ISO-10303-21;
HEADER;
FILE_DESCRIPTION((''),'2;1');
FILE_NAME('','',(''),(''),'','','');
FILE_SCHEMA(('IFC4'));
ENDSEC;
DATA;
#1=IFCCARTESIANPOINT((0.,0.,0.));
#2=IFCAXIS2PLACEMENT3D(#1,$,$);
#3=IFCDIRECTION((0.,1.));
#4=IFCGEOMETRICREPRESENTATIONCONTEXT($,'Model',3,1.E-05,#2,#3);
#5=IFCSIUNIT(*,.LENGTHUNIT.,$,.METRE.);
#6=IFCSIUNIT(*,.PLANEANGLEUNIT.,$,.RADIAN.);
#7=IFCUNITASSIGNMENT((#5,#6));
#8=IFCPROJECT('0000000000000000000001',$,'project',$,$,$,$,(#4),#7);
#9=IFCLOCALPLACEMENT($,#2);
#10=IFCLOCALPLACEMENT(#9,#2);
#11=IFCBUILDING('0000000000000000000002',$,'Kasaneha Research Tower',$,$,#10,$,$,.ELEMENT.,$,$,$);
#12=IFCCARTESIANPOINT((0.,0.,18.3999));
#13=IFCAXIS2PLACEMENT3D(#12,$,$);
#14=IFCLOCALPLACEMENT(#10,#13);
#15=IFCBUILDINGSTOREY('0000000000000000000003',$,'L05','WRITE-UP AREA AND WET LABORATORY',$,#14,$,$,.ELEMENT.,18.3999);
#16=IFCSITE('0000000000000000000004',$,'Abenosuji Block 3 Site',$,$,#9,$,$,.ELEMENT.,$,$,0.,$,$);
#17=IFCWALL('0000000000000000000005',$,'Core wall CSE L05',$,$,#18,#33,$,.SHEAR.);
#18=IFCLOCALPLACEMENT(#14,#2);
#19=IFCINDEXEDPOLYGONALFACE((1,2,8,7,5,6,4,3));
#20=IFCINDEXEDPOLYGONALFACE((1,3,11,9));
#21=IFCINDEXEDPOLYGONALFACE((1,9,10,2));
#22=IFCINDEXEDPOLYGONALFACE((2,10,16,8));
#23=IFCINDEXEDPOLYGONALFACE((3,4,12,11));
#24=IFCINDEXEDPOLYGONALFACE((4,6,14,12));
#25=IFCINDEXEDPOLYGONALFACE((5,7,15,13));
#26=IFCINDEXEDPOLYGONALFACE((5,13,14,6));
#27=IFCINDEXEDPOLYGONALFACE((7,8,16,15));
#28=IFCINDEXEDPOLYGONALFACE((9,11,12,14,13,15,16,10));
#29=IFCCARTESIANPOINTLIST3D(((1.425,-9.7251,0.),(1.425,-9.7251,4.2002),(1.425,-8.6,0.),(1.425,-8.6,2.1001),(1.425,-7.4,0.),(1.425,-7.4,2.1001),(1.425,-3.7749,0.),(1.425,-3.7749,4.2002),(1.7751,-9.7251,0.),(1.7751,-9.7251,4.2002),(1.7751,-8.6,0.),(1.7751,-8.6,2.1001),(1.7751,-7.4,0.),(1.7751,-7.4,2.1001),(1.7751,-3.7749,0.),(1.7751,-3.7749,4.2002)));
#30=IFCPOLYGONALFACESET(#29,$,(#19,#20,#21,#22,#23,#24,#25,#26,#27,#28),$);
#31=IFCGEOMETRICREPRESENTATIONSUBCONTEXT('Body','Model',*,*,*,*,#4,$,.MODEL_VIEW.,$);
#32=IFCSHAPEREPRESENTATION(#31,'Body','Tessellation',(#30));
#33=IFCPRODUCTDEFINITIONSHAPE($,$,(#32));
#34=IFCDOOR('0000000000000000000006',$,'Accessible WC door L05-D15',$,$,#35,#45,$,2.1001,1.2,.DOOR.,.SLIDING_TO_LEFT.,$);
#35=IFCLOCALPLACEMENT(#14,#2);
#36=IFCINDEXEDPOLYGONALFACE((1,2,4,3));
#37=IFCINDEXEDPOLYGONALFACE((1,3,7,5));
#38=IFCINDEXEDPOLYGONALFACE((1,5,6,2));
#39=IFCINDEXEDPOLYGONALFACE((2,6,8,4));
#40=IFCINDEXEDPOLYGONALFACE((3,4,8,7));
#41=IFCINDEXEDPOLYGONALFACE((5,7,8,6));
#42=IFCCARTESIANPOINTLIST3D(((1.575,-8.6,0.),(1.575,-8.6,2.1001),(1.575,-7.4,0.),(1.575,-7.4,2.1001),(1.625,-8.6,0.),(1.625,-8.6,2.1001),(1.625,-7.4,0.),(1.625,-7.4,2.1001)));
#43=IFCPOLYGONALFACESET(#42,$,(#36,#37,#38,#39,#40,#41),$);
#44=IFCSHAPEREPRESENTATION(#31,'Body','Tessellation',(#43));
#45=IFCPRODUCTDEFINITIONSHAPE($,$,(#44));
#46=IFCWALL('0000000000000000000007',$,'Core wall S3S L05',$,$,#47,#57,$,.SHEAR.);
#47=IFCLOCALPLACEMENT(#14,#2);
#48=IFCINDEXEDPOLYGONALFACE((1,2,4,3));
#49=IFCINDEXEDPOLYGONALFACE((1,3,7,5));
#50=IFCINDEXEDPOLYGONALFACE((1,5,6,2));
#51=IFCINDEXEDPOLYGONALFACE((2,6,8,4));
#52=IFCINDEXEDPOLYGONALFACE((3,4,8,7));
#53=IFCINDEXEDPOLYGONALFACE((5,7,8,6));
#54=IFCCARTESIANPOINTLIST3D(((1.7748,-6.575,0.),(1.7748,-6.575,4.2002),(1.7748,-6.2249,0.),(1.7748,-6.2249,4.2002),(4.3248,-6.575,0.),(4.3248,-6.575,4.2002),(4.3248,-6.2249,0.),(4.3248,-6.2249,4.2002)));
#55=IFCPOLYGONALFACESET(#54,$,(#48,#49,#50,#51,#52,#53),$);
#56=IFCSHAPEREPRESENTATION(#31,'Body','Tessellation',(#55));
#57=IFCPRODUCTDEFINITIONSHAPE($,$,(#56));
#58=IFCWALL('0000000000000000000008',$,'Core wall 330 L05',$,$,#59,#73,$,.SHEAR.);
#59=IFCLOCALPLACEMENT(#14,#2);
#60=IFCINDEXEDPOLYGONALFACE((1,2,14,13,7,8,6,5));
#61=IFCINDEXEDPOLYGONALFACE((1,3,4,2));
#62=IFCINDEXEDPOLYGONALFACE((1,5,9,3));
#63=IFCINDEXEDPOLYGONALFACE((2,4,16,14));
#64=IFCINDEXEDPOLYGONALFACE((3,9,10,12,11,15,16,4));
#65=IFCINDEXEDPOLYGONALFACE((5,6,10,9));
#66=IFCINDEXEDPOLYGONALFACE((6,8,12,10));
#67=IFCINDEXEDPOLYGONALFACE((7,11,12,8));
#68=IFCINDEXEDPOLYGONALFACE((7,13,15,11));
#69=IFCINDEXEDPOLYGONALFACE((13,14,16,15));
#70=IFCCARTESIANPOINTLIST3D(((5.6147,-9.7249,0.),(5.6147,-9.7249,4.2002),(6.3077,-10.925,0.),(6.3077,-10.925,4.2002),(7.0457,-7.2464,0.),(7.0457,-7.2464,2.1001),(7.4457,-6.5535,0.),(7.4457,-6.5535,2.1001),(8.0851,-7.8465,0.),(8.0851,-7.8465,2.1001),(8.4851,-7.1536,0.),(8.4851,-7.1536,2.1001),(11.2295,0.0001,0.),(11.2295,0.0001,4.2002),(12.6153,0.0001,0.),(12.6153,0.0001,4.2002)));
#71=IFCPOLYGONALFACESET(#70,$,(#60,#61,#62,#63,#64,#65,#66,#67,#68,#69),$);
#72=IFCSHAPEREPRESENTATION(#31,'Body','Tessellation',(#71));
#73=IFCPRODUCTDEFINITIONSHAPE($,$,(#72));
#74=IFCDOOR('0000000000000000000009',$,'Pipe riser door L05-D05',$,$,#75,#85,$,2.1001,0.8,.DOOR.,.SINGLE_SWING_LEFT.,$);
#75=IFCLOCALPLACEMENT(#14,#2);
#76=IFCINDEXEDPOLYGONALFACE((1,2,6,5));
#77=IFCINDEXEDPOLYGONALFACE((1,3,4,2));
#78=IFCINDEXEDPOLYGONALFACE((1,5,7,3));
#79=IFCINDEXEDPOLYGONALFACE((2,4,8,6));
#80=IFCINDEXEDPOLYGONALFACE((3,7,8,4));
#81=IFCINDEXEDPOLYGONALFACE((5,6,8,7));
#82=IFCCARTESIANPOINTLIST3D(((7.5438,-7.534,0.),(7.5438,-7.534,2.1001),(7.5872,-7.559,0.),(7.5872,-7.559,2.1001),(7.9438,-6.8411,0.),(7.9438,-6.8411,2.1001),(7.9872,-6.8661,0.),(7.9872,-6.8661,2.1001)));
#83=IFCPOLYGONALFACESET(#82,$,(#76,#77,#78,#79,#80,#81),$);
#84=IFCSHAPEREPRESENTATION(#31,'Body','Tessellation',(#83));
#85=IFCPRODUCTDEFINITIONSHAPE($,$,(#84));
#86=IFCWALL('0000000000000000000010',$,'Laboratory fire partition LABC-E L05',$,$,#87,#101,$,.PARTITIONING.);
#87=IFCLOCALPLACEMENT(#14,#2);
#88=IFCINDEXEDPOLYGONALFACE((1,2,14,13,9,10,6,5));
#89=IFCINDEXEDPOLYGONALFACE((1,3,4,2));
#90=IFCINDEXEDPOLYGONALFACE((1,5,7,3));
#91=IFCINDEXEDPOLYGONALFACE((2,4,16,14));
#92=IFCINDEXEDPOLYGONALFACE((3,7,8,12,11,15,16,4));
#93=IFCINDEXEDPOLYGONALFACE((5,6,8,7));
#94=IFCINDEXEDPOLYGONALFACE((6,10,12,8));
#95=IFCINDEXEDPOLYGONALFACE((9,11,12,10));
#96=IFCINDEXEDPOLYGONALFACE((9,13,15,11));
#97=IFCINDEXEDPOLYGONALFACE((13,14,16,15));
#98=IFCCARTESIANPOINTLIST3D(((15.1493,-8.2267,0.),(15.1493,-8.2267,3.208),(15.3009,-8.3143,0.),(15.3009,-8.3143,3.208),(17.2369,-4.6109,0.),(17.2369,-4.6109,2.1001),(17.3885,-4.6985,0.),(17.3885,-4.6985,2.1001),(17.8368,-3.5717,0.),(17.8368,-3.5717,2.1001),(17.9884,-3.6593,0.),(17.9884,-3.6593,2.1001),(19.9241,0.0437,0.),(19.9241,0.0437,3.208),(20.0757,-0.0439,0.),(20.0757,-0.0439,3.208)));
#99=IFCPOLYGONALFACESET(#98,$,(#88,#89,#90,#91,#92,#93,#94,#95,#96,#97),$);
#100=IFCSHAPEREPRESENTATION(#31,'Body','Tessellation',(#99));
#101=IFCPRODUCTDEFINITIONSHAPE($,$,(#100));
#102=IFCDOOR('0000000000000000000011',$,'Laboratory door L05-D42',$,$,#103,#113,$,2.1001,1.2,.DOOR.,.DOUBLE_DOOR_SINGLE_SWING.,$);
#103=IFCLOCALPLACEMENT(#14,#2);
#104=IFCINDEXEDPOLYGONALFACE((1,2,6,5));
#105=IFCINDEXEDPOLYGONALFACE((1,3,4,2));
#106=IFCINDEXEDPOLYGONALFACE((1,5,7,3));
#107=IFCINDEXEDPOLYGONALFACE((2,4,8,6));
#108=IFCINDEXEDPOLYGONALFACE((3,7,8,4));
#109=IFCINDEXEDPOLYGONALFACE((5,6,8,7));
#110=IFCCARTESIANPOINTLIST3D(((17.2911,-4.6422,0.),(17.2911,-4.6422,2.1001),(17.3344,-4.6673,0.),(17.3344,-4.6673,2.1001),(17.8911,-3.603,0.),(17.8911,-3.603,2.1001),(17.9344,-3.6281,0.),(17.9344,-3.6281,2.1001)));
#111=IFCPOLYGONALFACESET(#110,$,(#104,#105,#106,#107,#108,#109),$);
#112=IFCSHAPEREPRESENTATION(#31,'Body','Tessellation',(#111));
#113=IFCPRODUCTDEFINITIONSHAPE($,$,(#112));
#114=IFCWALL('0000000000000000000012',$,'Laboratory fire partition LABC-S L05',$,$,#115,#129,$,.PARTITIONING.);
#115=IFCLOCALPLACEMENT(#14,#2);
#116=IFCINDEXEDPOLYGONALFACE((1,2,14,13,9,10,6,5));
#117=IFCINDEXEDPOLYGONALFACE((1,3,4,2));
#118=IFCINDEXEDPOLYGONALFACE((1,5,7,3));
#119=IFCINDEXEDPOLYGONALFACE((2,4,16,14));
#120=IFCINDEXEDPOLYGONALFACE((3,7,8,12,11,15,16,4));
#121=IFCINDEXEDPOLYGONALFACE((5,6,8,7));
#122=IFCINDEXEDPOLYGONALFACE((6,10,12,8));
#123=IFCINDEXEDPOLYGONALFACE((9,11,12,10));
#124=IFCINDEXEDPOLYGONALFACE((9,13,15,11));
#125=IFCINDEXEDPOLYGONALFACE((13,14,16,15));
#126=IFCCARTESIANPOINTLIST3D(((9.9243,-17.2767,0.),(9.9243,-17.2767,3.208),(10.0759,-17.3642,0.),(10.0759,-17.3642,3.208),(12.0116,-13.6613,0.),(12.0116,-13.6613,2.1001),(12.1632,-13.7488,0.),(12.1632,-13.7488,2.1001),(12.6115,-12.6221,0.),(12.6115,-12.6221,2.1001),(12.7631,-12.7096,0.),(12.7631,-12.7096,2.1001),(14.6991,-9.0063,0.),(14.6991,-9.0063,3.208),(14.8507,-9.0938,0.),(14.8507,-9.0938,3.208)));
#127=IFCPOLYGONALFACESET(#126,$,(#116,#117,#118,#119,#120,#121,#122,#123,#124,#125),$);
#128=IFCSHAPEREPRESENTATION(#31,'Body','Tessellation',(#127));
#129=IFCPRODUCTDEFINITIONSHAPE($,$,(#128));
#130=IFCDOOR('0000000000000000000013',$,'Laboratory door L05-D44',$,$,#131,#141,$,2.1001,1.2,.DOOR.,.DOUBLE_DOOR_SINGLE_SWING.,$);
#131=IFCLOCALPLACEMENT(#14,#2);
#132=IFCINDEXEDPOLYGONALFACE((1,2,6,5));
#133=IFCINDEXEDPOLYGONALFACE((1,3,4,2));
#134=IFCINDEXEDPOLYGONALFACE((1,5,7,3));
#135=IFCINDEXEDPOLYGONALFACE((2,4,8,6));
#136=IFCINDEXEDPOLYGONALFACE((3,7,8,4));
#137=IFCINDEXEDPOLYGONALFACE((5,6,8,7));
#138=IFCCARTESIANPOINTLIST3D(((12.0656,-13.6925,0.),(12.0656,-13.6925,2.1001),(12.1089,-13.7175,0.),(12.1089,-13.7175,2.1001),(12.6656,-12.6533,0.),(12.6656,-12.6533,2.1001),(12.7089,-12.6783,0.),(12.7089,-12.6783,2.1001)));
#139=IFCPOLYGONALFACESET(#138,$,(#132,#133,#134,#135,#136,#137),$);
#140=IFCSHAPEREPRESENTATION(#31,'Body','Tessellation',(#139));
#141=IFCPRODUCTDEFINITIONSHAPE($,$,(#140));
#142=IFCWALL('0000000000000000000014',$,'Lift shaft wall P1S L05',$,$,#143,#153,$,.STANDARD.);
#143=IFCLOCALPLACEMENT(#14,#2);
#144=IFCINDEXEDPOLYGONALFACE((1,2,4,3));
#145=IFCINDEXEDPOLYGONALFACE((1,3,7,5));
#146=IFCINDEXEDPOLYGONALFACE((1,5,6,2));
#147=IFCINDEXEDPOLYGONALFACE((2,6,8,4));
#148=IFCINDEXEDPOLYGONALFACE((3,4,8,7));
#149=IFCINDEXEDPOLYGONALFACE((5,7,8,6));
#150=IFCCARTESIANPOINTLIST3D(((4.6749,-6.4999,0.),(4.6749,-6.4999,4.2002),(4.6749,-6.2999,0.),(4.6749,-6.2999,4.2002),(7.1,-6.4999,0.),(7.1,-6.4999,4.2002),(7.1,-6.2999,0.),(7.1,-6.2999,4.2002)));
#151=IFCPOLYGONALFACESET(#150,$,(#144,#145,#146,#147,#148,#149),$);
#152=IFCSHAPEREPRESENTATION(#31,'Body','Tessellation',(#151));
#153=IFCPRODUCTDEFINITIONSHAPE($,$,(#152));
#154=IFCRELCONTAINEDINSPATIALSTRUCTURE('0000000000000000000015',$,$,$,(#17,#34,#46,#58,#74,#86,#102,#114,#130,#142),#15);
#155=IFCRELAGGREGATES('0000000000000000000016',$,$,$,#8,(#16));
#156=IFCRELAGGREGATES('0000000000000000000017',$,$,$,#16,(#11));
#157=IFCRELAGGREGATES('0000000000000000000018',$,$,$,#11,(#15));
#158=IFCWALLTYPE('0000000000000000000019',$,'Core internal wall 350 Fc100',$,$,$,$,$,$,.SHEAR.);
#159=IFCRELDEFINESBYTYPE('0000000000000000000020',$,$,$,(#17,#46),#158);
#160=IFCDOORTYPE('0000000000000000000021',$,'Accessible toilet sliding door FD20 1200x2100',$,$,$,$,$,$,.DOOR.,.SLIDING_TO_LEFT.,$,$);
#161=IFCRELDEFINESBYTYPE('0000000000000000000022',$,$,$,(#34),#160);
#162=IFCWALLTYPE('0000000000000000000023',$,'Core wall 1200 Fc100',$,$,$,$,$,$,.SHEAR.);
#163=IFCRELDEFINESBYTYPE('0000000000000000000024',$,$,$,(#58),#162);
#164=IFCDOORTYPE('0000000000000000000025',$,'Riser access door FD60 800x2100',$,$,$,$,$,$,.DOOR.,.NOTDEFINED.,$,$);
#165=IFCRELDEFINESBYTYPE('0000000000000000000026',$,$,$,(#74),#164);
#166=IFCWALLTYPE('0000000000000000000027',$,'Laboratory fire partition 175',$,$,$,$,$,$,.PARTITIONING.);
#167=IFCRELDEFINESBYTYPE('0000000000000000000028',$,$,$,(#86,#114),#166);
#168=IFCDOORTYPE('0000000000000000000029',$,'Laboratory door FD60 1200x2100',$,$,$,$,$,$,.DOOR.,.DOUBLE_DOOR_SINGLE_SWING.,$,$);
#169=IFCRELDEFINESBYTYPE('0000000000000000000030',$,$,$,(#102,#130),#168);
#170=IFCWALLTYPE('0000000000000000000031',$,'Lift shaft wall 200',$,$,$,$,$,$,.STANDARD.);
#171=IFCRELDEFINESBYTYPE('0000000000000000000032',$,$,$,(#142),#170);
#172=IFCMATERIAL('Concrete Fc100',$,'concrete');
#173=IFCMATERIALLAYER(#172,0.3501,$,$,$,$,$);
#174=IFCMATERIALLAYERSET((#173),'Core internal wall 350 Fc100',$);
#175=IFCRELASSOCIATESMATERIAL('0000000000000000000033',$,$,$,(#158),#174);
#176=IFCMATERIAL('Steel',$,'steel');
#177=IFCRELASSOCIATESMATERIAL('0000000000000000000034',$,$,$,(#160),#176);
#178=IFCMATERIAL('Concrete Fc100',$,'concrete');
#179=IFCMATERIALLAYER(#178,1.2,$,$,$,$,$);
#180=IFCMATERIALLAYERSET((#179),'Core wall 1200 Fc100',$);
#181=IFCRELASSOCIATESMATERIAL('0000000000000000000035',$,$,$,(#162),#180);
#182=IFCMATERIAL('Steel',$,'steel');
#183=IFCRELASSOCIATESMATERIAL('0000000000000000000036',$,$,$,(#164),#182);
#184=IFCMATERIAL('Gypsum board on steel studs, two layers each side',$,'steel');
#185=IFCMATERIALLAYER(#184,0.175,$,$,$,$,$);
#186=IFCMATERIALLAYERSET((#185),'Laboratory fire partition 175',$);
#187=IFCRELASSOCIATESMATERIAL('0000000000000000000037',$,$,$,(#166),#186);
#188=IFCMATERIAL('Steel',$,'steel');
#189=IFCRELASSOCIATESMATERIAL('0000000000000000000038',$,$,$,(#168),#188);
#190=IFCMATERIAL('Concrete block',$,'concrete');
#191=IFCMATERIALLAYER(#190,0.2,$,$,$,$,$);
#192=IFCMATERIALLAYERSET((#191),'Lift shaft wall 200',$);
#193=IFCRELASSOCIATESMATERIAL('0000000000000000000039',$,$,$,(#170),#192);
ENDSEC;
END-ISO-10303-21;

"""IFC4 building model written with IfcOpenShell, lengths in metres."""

from ifc_helpers import new_model, si_unit, direction, frame, frame_2d, origin, place, context, subcontext, project, spatial, polyline, rectangle, outline, extrude, material, layer, layer_set, type_object, element, fill, save


model = new_model("IFC4")

# Units and contexts
model_context = context("Model", 3, precision=1e-05, world=origin(), true_north=direction((0.0, 1.0)))
body_context = subcontext(model_context, "Body", "Model", "MODEL_VIEW")
ifc_project = project(units=[si_unit("LENGTHUNIT", "METRE"), si_unit("PLANEANGLEUNIT", "RADIAN")], contexts=[model_context])

# Site, building, storey
site_placement = place(None, origin())
site = spatial("IfcSite", under=ifc_project, at=site_placement, Name="Abenosuji Block 3 Site", CompositionType="ELEMENT", RefElevation=0.0)
building_placement = place(site_placement, origin())
building = spatial("IfcBuilding", under=site, at=building_placement, Name="Kasaneha Research Tower", CompositionType="ELEMENT")
storey_placement = place(building_placement, frame((0.0, 0.0, 18.3999)))
storey = spatial("IfcBuildingStorey", under=building, at=storey_placement, Name="L05", Description="WRITE-UP AREA AND WET LABORATORY", CompositionType="ELEMENT", Elevation=18.3999)

# Wall, opening, door
ifc_material_1 = material(Name="Concrete Fc100", Category="concrete")
ifc_layer_1 = layer(ifc_material_1, 0.3501)
ifc_layer_set_1 = layer_set([ifc_layer_1], Name="Core internal wall 350 Fc100")
wall_type_1 = type_object("IfcWallType", Name="Core internal wall 350 Fc100", PredefinedType="SHEAR", material=ifc_layer_set_1)
wall_1_placement = place(storey_placement, frame((1.6001, -3.7749, 0.0), z_axis=(0.0, 0.0, 1.0), x_axis=(0.0, -1.0, 0.0)))
wall_1 = element("IfcWall", 1, at=wall_1_placement, inside=storey, type_object=wall_type_1, Name="Core wall CSE L05", PredefinedType="SHEAR", context=body_context, shape_type="SweptSolid", body=[
    extrude(rectangle(XDim=5.9502, YDim=0.3501, at=frame_2d((2.9751, 0.0))), origin(), (0.0, 0.0, 1.0), 4.2002),
])
opening_1_placement = place(wall_1_placement, frame((3.625, 0.0, 0.0)))
opening_1 = element("IfcOpeningElement", 2, at=opening_1_placement, cuts=wall_1, PredefinedType="OPENING", context=body_context, shape_type="SweptSolid", body=[
    extrude(rectangle(XDim=1.2, YDim=2.1001, at=frame_2d((0.6001, 1.05))), frame((0.0, 0.1851, 0.0), z_axis=(0.0, -1.0, 0.0), x_axis=(1.0, 0.0, 0.0)), (0.0, 0.0, 1.0), 0.3701),
])
ifc_material_2 = material(Name="Steel", Category="steel")
door_type_1 = type_object("IfcDoorType", Name="Accessible toilet sliding door FD20 1200x2100", OperationType="SLIDING_TO_LEFT", PredefinedType="DOOR", material=ifc_material_2)
door_1_placement = place(opening_1_placement, origin())
door_1 = element("IfcDoor", 3, at=door_1_placement, inside=storey, type_object=door_type_1, Name="Accessible WC door L05-D15", OperationType="SLIDING_TO_LEFT", OverallHeight=2.1001, OverallWidth=1.2, PredefinedType="DOOR", context=body_context, shape_type="SweptSolid", body=[
    extrude(rectangle(XDim=1.2, YDim=2.1001, at=frame_2d((0.6001, 1.05))), frame((0.0, 0.0249, 0.0), z_axis=(0.0, -1.0, 0.0), x_axis=(1.0, 0.0, 0.0)), (0.0, 0.0, 1.0), 0.05),
])
fill(opening_1, door_1)

# Wall
wall_2_placement = place(storey_placement, frame((1.7749, -6.3999, 0.0), z_axis=(0.0, 0.0, 1.0), x_axis=(1.0, 0.0, 0.0)))
element("IfcWall", 4, at=wall_2_placement, inside=storey, type_object=wall_type_1, Name="Core wall S3S L05", PredefinedType="SHEAR", context=body_context, shape_type="SweptSolid", body=[
    extrude(rectangle(XDim=2.55, YDim=0.3501, at=frame_2d((1.2749, 0.0))), origin(), (0.0, 0.0, 1.0), 4.2002),
])

# Walls, openings, doors
ifc_material_3 = material(Name="Concrete Fc100", Category="concrete")
ifc_layer_2 = layer(ifc_material_3, 1.2)
ifc_layer_set_2 = layer_set([ifc_layer_2], Name="Core wall 1200 Fc100")
wall_type_2 = type_object("IfcWallType", Name="Core wall 1200 Fc100", PredefinedType="SHEAR", material=ifc_layer_set_2)
wall_3_placement = place(storey_placement, frame((5.9612, -10.325, 0.0), z_axis=(0.0, 0.0, 1.0), x_axis=(0.500004, 0.866023, 0.0)))
wall_3 = element("IfcWall", 5, at=wall_3_placement, inside=storey, type_object=wall_type_2, Name="Core wall 330 L05", PredefinedType="SHEAR", context=body_context, shape_type="SweptSolid", body=[
    extrude(outline(polyline([(-0.3464, -0.6001), (3.2085, -0.6001), (4.0085, -0.6001), (12.2688, -0.6001), (11.5759, 0.6001), (4.0085, 0.6001), (3.2085, 0.6001), (0.3464, 0.6001), (-0.3464, -0.6001)])), origin(), (0.0, 0.0, 1.0), 4.2002),
])
opening_2_placement = place(wall_3_placement, frame((3.2085, 0.0, 0.0)))
opening_2 = element("IfcOpeningElement", 6, at=opening_2_placement, cuts=wall_3, PredefinedType="OPENING", context=body_context, shape_type="SweptSolid", body=[
    extrude(rectangle(XDim=0.8, YDim=2.1001, at=frame_2d((0.3999, 1.05))), frame((0.0, 0.6099, 0.0), z_axis=(0.0, -1.0, 0.0), x_axis=(1.0, 0.0, 0.0)), (0.0, 0.0, 1.0), 1.22),
])
ifc_material_4 = material(Name="Steel", Category="steel")
door_type_2 = type_object("IfcDoorType", Name="Riser access door FD60 800x2100", OperationType="NOTDEFINED", PredefinedType="DOOR", material=ifc_material_4)
door_2_placement = place(opening_2_placement, origin())
door_2 = element("IfcDoor", 7, at=door_2_placement, inside=storey, type_object=door_type_2, Name="Pipe riser door L05-D05", OperationType="SINGLE_SWING_LEFT", OverallHeight=2.1001, OverallWidth=0.8, PredefinedType="DOOR", context=body_context, shape_type="SweptSolid", body=[
    extrude(rectangle(XDim=0.8, YDim=2.1001, at=frame_2d((0.3999, 1.05))), frame((0.0, 0.0249, 0.0), z_axis=(0.0, -1.0, 0.0), x_axis=(1.0, 0.0, 0.0)), (0.0, 0.0, 1.0), 0.05),
])
fill(opening_2, door_2)
ifc_material_5 = material(Name="Gypsum board on steel studs, two layers each side", Category="steel")
ifc_layer_3 = layer(ifc_material_5, 0.175)
ifc_layer_set_3 = layer_set([ifc_layer_3], Name="Laboratory fire partition 175")
wall_type_3 = type_object("IfcWallType", Name="Laboratory fire partition 175", PredefinedType="PARTITIONING", material=ifc_layer_set_3)
wall_4_placement = place(storey_placement, frame((15.2251, -8.2705, 0.0), z_axis=(0.0, 0.0, 1.0), x_axis=(0.499994, 0.866029, 0.0)))
wall_4 = element("IfcWall", 8, at=wall_4_placement, inside=storey, type_object=wall_type_3, Name="Laboratory fire partition LABC-E L05", PredefinedType="PARTITIONING", context=body_context, shape_type="SweptSolid", body=[
    extrude(rectangle(XDim=9.5498, YDim=0.175, at=frame_2d((4.7749, 0.0))), origin(), (0.0, 0.0, 1.0), 3.208),
])
opening_3_placement = place(wall_4_placement, frame((4.175, 0.0, 0.0)))
opening_3 = element("IfcOpeningElement", 9, at=opening_3_placement, cuts=wall_4, PredefinedType="OPENING", context=body_context, shape_type="SweptSolid", body=[
    extrude(rectangle(XDim=1.2, YDim=2.1001, at=frame_2d((0.6001, 1.05))), frame((0.0, 0.0977, 0.0), z_axis=(0.0, -1.0, 0.0), x_axis=(1.0, 0.0, 0.0)), (0.0, 0.0, 1.0), 0.1951),
])
ifc_material_6 = material(Name="Steel", Category="steel")
door_type_3 = type_object("IfcDoorType", Name="Laboratory door FD60 1200x2100", OperationType="DOUBLE_DOOR_SINGLE_SWING", PredefinedType="DOOR", material=ifc_material_6)
door_3_placement = place(opening_3_placement, origin())
door_3 = element("IfcDoor", 10, at=door_3_placement, inside=storey, type_object=door_type_3, Name="Laboratory door L05-D42", OperationType="DOUBLE_DOOR_SINGLE_SWING", OverallHeight=2.1001, OverallWidth=1.2, PredefinedType="DOOR", context=body_context, shape_type="SweptSolid", body=[
    extrude(rectangle(XDim=1.2, YDim=2.1001, at=frame_2d((0.6001, 1.05))), frame((0.0, 0.0249, 0.0), z_axis=(0.0, -1.0, 0.0), x_axis=(1.0, 0.0, 0.0)), (0.0, 0.0, 1.0), 0.05),
])
fill(opening_3, door_3)
wall_5_placement = place(storey_placement, frame((14.7749, -9.05, 0.0), z_axis=(0.0, 0.0, 1.0), x_axis=(-0.499994, -0.866029, 0.0)))
wall_5 = element("IfcWall", 11, at=wall_5_placement, inside=storey, type_object=wall_type_3, Name="Laboratory fire partition LABC-S L05", PredefinedType="PARTITIONING", context=body_context, shape_type="SweptSolid", body=[
    extrude(rectangle(XDim=9.5498, YDim=0.175, at=frame_2d((4.7749, 0.0))), origin(), (0.0, 0.0, 1.0), 3.208),
])
opening_4_placement = place(wall_5_placement, frame((4.175, 0.0, 0.0)))
opening_4 = element("IfcOpeningElement", 12, at=opening_4_placement, cuts=wall_5, PredefinedType="OPENING", context=body_context, shape_type="SweptSolid", body=[
    extrude(rectangle(XDim=1.2, YDim=2.1001, at=frame_2d((0.6001, 1.05))), frame((0.0, 0.0977, 0.0), z_axis=(0.0, -1.0, 0.0), x_axis=(1.0, 0.0, 0.0)), (0.0, 0.0, 1.0), 0.1951),
])
door_4_placement = place(opening_4_placement, origin())
door_4 = element("IfcDoor", 13, at=door_4_placement, inside=storey, type_object=door_type_3, Name="Laboratory door L05-D44", OperationType="DOUBLE_DOOR_SINGLE_SWING", OverallHeight=2.1001, OverallWidth=1.2, PredefinedType="DOOR", context=body_context, shape_type="SweptSolid", body=[
    extrude(rectangle(XDim=1.2, YDim=2.1001, at=frame_2d((0.6001, 1.05))), frame((0.0, 0.0249, 0.0), z_axis=(0.0, -1.0, 0.0), x_axis=(1.0, 0.0, 0.0)), (0.0, 0.0, 1.0), 0.05),
])
fill(opening_4, door_4)

# Wall
ifc_material_7 = material(Name="Concrete block", Category="concrete")
ifc_layer_4 = layer(ifc_material_7, 0.2)
ifc_layer_set_4 = layer_set([ifc_layer_4], Name="Lift shaft wall 200")
wall_type_4 = type_object("IfcWallType", Name="Lift shaft wall 200", PredefinedType="STANDARD", material=ifc_layer_set_4)
wall_6_placement = place(storey_placement, frame((4.675, -6.3999, 0.0), z_axis=(0.0, 0.0, 1.0), x_axis=(1.0, 0.0, 0.0)))
element("IfcWall", 14, at=wall_6_placement, inside=storey, type_object=wall_type_4, Name="Lift shaft wall P1S L05", PredefinedType="STANDARD", context=body_context, shape_type="SweptSolid", body=[
    extrude(rectangle(XDim=2.425, YDim=0.2, at=frame_2d((1.2124, 0.0))), origin(), (0.0, 0.0, 1.0), 4.2002),
])

save(model, "model.ifc")
